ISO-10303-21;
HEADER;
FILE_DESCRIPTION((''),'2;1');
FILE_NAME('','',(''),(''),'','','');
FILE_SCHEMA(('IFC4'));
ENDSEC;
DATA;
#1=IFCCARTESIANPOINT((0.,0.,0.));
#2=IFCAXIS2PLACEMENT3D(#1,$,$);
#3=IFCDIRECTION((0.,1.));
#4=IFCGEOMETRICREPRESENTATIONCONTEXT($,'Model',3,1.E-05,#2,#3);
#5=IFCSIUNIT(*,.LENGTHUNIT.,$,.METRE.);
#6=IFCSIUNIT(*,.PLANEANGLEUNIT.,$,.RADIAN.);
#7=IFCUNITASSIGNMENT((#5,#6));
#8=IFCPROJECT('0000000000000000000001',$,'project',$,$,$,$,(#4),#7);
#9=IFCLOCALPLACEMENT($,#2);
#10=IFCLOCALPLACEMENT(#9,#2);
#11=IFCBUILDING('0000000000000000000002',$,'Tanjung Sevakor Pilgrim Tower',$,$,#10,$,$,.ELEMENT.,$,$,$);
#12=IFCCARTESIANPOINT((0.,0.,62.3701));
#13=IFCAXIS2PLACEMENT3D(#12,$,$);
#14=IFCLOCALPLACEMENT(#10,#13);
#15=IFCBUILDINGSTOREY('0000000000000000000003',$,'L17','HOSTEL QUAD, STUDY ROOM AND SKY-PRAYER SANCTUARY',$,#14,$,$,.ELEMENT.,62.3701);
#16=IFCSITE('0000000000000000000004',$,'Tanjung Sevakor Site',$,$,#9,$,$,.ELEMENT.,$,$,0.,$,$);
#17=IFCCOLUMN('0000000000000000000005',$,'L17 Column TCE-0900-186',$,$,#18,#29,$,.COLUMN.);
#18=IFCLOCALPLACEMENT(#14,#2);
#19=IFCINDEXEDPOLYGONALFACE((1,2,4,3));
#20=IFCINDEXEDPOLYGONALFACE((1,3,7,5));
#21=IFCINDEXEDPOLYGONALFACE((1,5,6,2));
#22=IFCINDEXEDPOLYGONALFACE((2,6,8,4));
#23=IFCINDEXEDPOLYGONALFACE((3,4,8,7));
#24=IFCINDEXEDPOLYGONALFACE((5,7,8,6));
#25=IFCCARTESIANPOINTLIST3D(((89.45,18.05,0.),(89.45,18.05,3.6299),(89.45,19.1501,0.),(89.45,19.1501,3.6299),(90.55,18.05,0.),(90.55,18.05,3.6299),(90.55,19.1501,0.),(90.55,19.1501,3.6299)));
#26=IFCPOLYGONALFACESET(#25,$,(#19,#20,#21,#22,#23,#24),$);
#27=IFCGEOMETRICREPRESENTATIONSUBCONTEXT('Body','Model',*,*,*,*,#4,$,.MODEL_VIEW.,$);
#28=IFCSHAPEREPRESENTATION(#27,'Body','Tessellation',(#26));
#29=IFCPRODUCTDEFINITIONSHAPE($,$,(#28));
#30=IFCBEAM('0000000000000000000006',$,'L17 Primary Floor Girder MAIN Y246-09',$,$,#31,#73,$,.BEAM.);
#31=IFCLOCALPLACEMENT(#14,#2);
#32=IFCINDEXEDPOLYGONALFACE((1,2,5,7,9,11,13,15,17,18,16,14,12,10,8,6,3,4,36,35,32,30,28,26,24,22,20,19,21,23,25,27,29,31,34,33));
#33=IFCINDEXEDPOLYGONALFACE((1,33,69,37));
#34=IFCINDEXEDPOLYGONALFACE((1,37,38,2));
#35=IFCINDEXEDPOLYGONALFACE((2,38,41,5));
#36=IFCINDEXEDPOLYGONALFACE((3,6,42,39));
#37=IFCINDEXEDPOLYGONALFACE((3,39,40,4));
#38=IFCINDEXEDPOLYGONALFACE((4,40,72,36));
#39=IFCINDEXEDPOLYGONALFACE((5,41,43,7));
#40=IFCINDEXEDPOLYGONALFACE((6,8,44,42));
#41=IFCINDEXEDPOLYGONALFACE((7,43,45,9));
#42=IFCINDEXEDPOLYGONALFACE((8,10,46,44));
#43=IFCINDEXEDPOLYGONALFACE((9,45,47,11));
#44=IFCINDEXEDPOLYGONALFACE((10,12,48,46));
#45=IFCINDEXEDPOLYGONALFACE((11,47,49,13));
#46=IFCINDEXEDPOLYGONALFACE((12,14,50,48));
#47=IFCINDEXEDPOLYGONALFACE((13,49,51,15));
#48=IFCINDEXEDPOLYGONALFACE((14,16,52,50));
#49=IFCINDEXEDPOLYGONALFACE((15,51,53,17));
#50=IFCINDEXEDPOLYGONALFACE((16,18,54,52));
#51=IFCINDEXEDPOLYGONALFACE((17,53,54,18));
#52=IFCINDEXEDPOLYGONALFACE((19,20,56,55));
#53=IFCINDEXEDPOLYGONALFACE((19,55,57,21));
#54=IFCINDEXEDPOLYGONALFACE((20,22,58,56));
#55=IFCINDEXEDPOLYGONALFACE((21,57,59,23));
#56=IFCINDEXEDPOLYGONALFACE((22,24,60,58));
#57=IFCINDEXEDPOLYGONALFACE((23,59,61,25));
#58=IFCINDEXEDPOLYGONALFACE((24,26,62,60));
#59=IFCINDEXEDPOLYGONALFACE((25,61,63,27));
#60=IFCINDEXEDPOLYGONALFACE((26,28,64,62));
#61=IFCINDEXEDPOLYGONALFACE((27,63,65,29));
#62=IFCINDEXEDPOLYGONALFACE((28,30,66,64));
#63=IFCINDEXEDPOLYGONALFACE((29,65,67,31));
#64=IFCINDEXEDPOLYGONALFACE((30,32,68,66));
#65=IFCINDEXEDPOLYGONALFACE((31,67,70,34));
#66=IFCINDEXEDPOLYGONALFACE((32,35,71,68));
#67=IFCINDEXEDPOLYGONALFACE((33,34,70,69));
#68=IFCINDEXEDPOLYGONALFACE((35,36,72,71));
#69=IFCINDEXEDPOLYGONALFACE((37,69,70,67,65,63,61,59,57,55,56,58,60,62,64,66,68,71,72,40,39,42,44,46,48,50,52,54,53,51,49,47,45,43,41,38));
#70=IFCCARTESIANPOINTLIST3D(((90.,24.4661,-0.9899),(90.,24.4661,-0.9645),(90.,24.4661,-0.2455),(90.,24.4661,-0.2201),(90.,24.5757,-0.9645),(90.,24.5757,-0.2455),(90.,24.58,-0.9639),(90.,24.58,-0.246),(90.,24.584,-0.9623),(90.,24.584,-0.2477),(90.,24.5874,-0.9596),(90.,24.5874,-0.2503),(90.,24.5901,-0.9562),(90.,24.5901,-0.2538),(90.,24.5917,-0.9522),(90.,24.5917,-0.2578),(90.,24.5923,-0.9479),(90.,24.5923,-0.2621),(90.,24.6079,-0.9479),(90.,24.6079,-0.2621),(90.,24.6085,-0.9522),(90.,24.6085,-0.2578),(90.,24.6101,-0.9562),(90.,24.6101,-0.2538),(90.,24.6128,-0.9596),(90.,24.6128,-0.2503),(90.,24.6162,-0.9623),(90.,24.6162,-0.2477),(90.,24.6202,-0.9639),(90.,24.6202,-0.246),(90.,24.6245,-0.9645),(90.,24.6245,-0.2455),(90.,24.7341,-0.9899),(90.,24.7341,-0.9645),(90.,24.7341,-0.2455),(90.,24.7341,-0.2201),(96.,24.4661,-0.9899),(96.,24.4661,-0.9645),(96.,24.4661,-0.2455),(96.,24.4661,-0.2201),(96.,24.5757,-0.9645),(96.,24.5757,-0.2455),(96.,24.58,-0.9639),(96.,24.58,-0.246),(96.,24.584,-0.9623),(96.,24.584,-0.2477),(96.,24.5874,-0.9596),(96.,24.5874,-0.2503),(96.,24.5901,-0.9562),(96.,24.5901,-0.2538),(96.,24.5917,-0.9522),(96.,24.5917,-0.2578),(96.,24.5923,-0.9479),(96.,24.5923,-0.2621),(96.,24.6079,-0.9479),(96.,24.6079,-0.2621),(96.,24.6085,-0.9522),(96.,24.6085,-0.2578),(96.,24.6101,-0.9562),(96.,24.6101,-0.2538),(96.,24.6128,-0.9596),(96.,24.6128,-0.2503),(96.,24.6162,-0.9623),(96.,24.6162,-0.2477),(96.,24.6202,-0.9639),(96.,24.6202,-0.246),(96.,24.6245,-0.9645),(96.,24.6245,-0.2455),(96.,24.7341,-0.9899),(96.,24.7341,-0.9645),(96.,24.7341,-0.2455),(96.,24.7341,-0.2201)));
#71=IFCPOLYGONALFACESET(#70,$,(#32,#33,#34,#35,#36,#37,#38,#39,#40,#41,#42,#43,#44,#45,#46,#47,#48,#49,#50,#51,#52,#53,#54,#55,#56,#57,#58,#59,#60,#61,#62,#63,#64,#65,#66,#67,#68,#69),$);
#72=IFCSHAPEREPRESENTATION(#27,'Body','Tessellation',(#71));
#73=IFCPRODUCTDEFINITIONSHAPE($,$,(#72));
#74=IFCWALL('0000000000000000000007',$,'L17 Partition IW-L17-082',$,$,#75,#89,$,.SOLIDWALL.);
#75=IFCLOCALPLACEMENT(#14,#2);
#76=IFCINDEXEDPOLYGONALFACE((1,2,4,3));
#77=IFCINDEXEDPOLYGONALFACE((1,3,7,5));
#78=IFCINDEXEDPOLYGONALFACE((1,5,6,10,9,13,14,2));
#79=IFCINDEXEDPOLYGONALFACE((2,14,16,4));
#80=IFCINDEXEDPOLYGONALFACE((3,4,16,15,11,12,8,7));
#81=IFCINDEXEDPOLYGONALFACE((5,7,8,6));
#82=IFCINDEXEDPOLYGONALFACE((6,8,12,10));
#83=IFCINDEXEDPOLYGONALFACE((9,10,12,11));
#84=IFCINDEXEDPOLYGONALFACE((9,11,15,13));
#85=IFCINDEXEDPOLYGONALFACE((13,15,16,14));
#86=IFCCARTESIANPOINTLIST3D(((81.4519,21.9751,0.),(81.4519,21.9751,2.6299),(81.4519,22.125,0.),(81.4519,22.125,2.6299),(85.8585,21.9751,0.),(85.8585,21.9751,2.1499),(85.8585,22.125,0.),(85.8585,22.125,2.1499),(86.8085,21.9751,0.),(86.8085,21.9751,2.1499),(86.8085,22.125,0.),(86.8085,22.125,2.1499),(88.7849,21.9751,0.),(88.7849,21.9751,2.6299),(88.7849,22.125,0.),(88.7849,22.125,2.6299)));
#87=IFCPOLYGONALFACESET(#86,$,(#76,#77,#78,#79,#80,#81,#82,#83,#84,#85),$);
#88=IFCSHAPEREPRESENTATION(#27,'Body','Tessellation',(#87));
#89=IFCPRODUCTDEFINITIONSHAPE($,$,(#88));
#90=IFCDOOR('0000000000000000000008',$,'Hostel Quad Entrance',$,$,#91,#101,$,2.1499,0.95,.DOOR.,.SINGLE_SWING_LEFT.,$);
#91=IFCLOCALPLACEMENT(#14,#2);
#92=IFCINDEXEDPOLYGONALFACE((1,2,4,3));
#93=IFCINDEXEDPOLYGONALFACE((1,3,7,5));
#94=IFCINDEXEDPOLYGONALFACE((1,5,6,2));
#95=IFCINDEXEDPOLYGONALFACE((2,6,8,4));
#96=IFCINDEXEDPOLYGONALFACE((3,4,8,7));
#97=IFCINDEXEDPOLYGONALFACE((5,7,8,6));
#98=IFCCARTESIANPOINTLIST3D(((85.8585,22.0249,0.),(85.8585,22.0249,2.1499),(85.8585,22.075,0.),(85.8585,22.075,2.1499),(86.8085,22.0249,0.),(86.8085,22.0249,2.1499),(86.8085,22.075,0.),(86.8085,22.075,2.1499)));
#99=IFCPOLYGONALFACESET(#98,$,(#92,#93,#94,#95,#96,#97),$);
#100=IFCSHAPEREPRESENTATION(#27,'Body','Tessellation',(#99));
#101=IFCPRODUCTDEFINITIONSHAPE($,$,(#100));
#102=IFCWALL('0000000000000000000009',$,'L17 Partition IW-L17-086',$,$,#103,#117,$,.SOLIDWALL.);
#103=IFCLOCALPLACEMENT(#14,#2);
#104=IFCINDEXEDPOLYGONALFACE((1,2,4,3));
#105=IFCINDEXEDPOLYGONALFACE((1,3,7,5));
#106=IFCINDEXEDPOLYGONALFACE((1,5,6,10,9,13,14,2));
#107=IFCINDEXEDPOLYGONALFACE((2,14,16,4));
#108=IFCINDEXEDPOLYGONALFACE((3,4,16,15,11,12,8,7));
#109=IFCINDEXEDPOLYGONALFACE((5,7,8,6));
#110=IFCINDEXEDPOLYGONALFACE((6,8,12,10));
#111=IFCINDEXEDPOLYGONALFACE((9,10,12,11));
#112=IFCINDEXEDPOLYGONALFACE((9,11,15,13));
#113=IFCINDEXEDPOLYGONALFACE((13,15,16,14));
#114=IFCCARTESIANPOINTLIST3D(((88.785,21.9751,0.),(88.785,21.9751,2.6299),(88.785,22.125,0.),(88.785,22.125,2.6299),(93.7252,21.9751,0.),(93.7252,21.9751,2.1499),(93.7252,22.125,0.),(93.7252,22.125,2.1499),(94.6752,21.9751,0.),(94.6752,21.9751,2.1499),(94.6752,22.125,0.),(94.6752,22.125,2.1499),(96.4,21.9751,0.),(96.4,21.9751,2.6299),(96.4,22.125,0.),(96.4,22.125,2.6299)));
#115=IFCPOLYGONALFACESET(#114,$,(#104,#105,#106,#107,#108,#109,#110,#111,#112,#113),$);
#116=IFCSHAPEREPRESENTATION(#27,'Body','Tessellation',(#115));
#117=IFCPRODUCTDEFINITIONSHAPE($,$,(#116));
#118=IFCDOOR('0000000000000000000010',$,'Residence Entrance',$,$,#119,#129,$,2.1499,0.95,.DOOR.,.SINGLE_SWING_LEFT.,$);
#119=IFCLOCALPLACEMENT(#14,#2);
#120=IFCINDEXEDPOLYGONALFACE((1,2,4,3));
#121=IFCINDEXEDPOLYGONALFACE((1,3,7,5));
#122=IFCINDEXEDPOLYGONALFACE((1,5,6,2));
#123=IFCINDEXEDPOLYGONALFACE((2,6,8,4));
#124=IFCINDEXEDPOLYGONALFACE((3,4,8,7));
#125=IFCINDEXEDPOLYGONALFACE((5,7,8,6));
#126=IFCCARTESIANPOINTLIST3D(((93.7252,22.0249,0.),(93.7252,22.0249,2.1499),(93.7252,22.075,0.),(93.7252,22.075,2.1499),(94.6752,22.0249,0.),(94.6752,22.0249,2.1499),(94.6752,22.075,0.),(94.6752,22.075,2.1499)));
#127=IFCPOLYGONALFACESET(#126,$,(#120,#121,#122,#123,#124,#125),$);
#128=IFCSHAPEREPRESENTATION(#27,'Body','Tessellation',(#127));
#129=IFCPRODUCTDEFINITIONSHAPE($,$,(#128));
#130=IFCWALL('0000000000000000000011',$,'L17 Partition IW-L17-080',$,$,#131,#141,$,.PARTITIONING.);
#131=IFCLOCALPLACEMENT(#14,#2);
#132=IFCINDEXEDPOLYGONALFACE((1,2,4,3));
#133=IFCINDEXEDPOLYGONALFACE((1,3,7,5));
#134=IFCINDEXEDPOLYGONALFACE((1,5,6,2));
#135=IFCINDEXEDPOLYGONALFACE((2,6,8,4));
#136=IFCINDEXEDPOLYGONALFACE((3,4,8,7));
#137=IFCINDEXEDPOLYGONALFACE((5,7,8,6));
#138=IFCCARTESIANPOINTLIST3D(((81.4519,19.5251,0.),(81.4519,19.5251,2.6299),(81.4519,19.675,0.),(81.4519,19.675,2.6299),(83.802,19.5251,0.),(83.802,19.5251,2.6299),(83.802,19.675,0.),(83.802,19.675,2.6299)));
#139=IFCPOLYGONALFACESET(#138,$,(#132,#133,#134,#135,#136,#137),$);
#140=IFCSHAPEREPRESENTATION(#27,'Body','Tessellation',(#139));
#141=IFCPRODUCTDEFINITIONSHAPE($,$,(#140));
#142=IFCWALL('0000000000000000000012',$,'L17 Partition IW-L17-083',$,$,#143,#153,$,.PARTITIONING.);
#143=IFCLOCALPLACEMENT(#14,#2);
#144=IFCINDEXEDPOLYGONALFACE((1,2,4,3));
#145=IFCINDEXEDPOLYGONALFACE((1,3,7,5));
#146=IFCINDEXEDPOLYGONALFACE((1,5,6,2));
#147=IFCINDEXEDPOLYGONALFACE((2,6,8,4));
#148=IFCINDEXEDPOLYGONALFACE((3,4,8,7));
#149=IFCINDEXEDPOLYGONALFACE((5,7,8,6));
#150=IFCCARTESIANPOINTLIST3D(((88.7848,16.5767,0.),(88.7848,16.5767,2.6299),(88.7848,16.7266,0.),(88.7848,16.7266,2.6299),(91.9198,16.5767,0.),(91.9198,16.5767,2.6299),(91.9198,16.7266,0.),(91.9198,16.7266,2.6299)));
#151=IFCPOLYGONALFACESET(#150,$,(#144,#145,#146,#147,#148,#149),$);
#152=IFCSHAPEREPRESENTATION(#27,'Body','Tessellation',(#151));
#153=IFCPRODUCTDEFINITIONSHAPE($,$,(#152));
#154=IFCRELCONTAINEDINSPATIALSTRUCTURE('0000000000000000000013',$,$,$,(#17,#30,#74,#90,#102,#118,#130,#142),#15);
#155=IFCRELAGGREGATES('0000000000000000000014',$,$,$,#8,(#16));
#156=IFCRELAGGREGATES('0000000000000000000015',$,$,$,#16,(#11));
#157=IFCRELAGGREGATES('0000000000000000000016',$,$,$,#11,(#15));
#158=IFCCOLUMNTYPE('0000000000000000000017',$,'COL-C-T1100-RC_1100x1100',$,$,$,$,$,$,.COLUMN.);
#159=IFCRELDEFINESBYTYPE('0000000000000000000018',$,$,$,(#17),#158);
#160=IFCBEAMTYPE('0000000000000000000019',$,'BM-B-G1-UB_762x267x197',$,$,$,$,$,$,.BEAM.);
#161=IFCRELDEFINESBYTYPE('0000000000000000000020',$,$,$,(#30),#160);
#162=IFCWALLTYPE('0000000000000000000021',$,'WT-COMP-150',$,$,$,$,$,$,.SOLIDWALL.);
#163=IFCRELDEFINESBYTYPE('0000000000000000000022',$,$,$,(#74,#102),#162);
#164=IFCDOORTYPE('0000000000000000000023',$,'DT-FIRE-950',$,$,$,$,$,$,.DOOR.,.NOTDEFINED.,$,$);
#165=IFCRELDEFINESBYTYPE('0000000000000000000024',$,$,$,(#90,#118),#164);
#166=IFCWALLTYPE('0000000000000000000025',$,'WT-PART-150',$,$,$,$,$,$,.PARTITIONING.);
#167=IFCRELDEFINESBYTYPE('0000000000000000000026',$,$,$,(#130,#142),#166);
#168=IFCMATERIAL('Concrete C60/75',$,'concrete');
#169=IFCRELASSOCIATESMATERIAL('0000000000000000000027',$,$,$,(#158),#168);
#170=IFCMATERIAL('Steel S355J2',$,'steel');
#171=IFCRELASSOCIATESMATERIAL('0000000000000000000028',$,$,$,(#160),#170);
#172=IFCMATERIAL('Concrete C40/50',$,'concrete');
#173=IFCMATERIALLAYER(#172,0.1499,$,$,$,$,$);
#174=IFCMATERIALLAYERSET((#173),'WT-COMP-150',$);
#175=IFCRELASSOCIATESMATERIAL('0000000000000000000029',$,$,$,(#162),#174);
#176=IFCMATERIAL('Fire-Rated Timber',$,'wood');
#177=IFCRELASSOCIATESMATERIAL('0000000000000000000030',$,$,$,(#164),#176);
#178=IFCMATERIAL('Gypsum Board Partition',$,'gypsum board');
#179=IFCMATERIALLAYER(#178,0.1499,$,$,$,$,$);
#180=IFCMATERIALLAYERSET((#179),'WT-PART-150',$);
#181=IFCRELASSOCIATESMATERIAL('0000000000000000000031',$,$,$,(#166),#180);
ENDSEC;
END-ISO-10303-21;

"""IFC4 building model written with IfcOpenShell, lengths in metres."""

from ifc_helpers import new_model, si_unit, direction, frame, frame_2d, origin, origin_2d, place, context, subcontext, project, spatial, rectangle, i_section, extrude, material, layer, layer_set, material_profile, profile_set, type_object, element, fill, save


model = new_model("IFC4")

# Units and contexts
model_context = context("Model", 3, precision=1e-05, world=origin(), true_north=direction((0.0, 1.0)))
body_context = subcontext(model_context, "Body", "Model", "MODEL_VIEW")
ifc_project = project(units=[si_unit("LENGTHUNIT", "METRE"), si_unit("PLANEANGLEUNIT", "RADIAN")], contexts=[model_context])

# Site, building, storey
site_placement = place(None, origin())
site = spatial("IfcSite", under=ifc_project, at=site_placement, Name="Tanjung Sevakor Site", CompositionType="ELEMENT", RefElevation=0.0)
building_placement = place(site_placement, origin())
building = spatial("IfcBuilding", under=site, at=building_placement, Name="Tanjung Sevakor Pilgrim Tower", CompositionType="ELEMENT")
storey_placement = place(building_placement, frame((0.0, 0.0, 62.3701)))
storey = spatial("IfcBuildingStorey", under=building, at=storey_placement, Name="L17", Description="HOSTEL QUAD, STUDY ROOM AND SKY-PRAYER SANCTUARY", CompositionType="ELEMENT", Elevation=62.3701)

# Column
ifc_material_1 = material(Name="Concrete C60/75", Category="concrete")
ifc_material_profile_1 = material_profile(ifc_material_1, rectangle(XDim=1.1001, YDim=1.1001, at=origin_2d()))
ifc_profile_set_1 = profile_set([ifc_material_profile_1], Name="Concrete C60/75")
column_type = type_object("IfcColumnType", Name="COL-C-T1100-RC_1100x1100", PredefinedType="COLUMN", material=ifc_profile_set_1)
column_placement = place(storey_placement, frame((90.0, 18.6001, 0.0), z_axis=(0.0, 0.0, 1.0), x_axis=(1.0, 0.0, 0.0)))
element("IfcColumn", 1, at=column_placement, inside=storey, type_object=column_type, Name="L17 Column TCE-0900-186", PredefinedType="COLUMN", context=body_context, shape_type="SweptSolid", body=[
    extrude(rectangle(XDim=1.1001, YDim=1.1001, at=origin_2d()), origin(), (0.0, 0.0, 1.0), 3.6299),
])

# Beam
ifc_material_2 = material(Name="Steel S355J2", Category="steel")
ifc_material_profile_2 = material_profile(ifc_material_2, i_section(OverallWidth=0.2681, OverallDepth=0.7698, WebThickness=0.0156, FlangeThickness=0.0254, FilletRadius=0.0166, at=origin_2d()))
ifc_profile_set_2 = profile_set([ifc_material_profile_2], Name="Steel S355J2")
beam_type = type_object("IfcBeamType", Name="BM-B-G1-UB_762x267x197", PredefinedType="BEAM", material=ifc_profile_set_2)
beam_placement = place(storey_placement, frame((90.0, 24.6001, -0.605), z_axis=(1.0, 0.0, 0.0), x_axis=(0.0, 1.0, 0.0)))
element("IfcBeam", 2, at=beam_placement, inside=storey, type_object=beam_type, Name="L17 Primary Floor Girder MAIN Y246-09", PredefinedType="BEAM", context=body_context, shape_type="SweptSolid", body=[
    extrude(i_section(OverallWidth=0.2681, OverallDepth=0.7698, WebThickness=0.0156, FlangeThickness=0.0254, FilletRadius=0.0166, at=origin_2d()), origin(), (0.0, 0.0, 1.0), 6.0),
])

# Walls, openings, doors
ifc_material_3 = material(Name="Concrete C40/50", Category="concrete")
ifc_layer_1 = layer(ifc_material_3, 0.1499)
ifc_layer_set_1 = layer_set([ifc_layer_1], Name="WT-COMP-150")
wall_type_1 = type_object("IfcWallType", Name="WT-COMP-150", PredefinedType="SOLIDWALL", material=ifc_layer_set_1)
wall_1_placement = place(storey_placement, frame((81.4519, 22.05, 0.0), z_axis=(0.0, 0.0, 1.0), x_axis=(1.0, 0.0, 0.0)))
wall_1 = element("IfcWall", 3, at=wall_1_placement, inside=storey, type_object=wall_type_1, Name="L17 Partition IW-L17-082", PredefinedType="SOLIDWALL", context=body_context, shape_type="SweptSolid", body=[
    extrude(rectangle(XDim=7.333, YDim=0.1499, at=frame_2d((3.6665, 0.0))), origin(), (0.0, 0.0, 1.0), 2.6299),
])
opening_1_placement = place(wall_1_placement, frame((4.4065, 0.0, 0.0)))
opening_1 = element("IfcOpeningElement", 4, at=opening_1_placement, cuts=wall_1, PredefinedType="OPENING", context=body_context, shape_type="SweptSolid", body=[
    extrude(rectangle(XDim=0.95, YDim=2.1499, at=frame_2d((0.4751, 1.075))), frame((0.0, 0.085, 0.0), z_axis=(0.0, -1.0, 0.0), x_axis=(1.0, 0.0, 0.0)), (0.0, 0.0, 1.0), 0.1699),
])
ifc_material_4 = material(Name="Fire-Rated Timber", Category="wood")
door_type_1 = type_object("IfcDoorType", Name="DT-FIRE-950", OperationType="NOTDEFINED", PredefinedType="DOOR", material=ifc_material_4)
door_1_placement = place(opening_1_placement, origin())
door_1 = element("IfcDoor", 5, at=door_1_placement, inside=storey, type_object=door_type_1, Name="Hostel Quad Entrance", OperationType="SINGLE_SWING_LEFT", OverallHeight=2.1499, OverallWidth=0.95, PredefinedType="DOOR", context=body_context, shape_type="SweptSolid", body=[
    extrude(rectangle(XDim=0.95, YDim=2.1499, at=frame_2d((0.4751, 1.075))), frame((0.0, 0.0249, 0.0), z_axis=(0.0, -1.0, 0.0), x_axis=(1.0, 0.0, 0.0)), (0.0, 0.0, 1.0), 0.05),
])
fill(opening_1, door_1)
wall_2_placement = place(storey_placement, frame((88.7849, 22.05, 0.0), z_axis=(0.0, 0.0, 1.0), x_axis=(1.0, 0.0, 0.0)))
wall_2 = element("IfcWall", 6, at=wall_2_placement, inside=storey, type_object=wall_type_1, Name="L17 Partition IW-L17-086", PredefinedType="SOLIDWALL", context=body_context, shape_type="SweptSolid", body=[
    extrude(rectangle(XDim=7.615, YDim=0.1499, at=frame_2d((3.8076, 0.0))), origin(), (0.0, 0.0, 1.0), 2.6299),
])
opening_2_placement = place(wall_2_placement, frame((4.9402, 0.0, 0.0)))
opening_2 = element("IfcOpeningElement", 7, at=opening_2_placement, cuts=wall_2, PredefinedType="OPENING", context=body_context, shape_type="SweptSolid", body=[
    extrude(rectangle(XDim=0.95, YDim=2.1499, at=frame_2d((0.4751, 1.075))), frame((0.0, 0.085, 0.0), z_axis=(0.0, -1.0, 0.0), x_axis=(1.0, 0.0, 0.0)), (0.0, 0.0, 1.0), 0.1699),
])
door_2_placement = place(opening_2_placement, origin())
door_2 = element("IfcDoor", 8, at=door_2_placement, inside=storey, type_object=door_type_1, Name="Residence Entrance", OperationType="SINGLE_SWING_LEFT", OverallHeight=2.1499, OverallWidth=0.95, PredefinedType="DOOR", context=body_context, shape_type="SweptSolid", body=[
    extrude(rectangle(XDim=0.95, YDim=2.1499, at=frame_2d((0.4751, 1.075))), frame((0.0, 0.0249, 0.0), z_axis=(0.0, -1.0, 0.0), x_axis=(1.0, 0.0, 0.0)), (0.0, 0.0, 1.0), 0.05),
])
fill(opening_2, door_2)

# Walls
ifc_material_5 = material(Name="Gypsum Board Partition", Category="gypsum board")
ifc_layer_2 = layer(ifc_material_5, 0.1499)
ifc_layer_set_2 = layer_set([ifc_layer_2], Name="WT-PART-150")
wall_type_2 = type_object("IfcWallType", Name="WT-PART-150", PredefinedType="PARTITIONING", material=ifc_layer_set_2)
wall_3_placement = place(storey_placement, frame((81.4519, 19.6001, 0.0), z_axis=(0.0, 0.0, 1.0), x_axis=(1.0, 0.0, 0.0)))
element("IfcWall", 9, at=wall_3_placement, inside=storey, type_object=wall_type_2, Name="L17 Partition IW-L17-080", PredefinedType="PARTITIONING", context=body_context, shape_type="SweptSolid", body=[
    extrude(rectangle(XDim=2.3501, YDim=0.1499, at=frame_2d((1.175, 0.0))), origin(), (0.0, 0.0, 1.0), 2.6299),
])
wall_4_placement = place(storey_placement, frame((88.7849, 16.6516, 0.0), z_axis=(0.0, 0.0, 1.0), x_axis=(1.0, 0.0, 0.0)))
element("IfcWall", 10, at=wall_4_placement, inside=storey, type_object=wall_type_2, Name="L17 Partition IW-L17-083", PredefinedType="PARTITIONING", context=body_context, shape_type="SweptSolid", body=[
    extrude(rectangle(XDim=3.135, YDim=0.1499, at=frame_2d((1.5674, 0.0))), origin(), (0.0, 0.0, 1.0), 2.6299),
])

save(model, "model.ifc")
